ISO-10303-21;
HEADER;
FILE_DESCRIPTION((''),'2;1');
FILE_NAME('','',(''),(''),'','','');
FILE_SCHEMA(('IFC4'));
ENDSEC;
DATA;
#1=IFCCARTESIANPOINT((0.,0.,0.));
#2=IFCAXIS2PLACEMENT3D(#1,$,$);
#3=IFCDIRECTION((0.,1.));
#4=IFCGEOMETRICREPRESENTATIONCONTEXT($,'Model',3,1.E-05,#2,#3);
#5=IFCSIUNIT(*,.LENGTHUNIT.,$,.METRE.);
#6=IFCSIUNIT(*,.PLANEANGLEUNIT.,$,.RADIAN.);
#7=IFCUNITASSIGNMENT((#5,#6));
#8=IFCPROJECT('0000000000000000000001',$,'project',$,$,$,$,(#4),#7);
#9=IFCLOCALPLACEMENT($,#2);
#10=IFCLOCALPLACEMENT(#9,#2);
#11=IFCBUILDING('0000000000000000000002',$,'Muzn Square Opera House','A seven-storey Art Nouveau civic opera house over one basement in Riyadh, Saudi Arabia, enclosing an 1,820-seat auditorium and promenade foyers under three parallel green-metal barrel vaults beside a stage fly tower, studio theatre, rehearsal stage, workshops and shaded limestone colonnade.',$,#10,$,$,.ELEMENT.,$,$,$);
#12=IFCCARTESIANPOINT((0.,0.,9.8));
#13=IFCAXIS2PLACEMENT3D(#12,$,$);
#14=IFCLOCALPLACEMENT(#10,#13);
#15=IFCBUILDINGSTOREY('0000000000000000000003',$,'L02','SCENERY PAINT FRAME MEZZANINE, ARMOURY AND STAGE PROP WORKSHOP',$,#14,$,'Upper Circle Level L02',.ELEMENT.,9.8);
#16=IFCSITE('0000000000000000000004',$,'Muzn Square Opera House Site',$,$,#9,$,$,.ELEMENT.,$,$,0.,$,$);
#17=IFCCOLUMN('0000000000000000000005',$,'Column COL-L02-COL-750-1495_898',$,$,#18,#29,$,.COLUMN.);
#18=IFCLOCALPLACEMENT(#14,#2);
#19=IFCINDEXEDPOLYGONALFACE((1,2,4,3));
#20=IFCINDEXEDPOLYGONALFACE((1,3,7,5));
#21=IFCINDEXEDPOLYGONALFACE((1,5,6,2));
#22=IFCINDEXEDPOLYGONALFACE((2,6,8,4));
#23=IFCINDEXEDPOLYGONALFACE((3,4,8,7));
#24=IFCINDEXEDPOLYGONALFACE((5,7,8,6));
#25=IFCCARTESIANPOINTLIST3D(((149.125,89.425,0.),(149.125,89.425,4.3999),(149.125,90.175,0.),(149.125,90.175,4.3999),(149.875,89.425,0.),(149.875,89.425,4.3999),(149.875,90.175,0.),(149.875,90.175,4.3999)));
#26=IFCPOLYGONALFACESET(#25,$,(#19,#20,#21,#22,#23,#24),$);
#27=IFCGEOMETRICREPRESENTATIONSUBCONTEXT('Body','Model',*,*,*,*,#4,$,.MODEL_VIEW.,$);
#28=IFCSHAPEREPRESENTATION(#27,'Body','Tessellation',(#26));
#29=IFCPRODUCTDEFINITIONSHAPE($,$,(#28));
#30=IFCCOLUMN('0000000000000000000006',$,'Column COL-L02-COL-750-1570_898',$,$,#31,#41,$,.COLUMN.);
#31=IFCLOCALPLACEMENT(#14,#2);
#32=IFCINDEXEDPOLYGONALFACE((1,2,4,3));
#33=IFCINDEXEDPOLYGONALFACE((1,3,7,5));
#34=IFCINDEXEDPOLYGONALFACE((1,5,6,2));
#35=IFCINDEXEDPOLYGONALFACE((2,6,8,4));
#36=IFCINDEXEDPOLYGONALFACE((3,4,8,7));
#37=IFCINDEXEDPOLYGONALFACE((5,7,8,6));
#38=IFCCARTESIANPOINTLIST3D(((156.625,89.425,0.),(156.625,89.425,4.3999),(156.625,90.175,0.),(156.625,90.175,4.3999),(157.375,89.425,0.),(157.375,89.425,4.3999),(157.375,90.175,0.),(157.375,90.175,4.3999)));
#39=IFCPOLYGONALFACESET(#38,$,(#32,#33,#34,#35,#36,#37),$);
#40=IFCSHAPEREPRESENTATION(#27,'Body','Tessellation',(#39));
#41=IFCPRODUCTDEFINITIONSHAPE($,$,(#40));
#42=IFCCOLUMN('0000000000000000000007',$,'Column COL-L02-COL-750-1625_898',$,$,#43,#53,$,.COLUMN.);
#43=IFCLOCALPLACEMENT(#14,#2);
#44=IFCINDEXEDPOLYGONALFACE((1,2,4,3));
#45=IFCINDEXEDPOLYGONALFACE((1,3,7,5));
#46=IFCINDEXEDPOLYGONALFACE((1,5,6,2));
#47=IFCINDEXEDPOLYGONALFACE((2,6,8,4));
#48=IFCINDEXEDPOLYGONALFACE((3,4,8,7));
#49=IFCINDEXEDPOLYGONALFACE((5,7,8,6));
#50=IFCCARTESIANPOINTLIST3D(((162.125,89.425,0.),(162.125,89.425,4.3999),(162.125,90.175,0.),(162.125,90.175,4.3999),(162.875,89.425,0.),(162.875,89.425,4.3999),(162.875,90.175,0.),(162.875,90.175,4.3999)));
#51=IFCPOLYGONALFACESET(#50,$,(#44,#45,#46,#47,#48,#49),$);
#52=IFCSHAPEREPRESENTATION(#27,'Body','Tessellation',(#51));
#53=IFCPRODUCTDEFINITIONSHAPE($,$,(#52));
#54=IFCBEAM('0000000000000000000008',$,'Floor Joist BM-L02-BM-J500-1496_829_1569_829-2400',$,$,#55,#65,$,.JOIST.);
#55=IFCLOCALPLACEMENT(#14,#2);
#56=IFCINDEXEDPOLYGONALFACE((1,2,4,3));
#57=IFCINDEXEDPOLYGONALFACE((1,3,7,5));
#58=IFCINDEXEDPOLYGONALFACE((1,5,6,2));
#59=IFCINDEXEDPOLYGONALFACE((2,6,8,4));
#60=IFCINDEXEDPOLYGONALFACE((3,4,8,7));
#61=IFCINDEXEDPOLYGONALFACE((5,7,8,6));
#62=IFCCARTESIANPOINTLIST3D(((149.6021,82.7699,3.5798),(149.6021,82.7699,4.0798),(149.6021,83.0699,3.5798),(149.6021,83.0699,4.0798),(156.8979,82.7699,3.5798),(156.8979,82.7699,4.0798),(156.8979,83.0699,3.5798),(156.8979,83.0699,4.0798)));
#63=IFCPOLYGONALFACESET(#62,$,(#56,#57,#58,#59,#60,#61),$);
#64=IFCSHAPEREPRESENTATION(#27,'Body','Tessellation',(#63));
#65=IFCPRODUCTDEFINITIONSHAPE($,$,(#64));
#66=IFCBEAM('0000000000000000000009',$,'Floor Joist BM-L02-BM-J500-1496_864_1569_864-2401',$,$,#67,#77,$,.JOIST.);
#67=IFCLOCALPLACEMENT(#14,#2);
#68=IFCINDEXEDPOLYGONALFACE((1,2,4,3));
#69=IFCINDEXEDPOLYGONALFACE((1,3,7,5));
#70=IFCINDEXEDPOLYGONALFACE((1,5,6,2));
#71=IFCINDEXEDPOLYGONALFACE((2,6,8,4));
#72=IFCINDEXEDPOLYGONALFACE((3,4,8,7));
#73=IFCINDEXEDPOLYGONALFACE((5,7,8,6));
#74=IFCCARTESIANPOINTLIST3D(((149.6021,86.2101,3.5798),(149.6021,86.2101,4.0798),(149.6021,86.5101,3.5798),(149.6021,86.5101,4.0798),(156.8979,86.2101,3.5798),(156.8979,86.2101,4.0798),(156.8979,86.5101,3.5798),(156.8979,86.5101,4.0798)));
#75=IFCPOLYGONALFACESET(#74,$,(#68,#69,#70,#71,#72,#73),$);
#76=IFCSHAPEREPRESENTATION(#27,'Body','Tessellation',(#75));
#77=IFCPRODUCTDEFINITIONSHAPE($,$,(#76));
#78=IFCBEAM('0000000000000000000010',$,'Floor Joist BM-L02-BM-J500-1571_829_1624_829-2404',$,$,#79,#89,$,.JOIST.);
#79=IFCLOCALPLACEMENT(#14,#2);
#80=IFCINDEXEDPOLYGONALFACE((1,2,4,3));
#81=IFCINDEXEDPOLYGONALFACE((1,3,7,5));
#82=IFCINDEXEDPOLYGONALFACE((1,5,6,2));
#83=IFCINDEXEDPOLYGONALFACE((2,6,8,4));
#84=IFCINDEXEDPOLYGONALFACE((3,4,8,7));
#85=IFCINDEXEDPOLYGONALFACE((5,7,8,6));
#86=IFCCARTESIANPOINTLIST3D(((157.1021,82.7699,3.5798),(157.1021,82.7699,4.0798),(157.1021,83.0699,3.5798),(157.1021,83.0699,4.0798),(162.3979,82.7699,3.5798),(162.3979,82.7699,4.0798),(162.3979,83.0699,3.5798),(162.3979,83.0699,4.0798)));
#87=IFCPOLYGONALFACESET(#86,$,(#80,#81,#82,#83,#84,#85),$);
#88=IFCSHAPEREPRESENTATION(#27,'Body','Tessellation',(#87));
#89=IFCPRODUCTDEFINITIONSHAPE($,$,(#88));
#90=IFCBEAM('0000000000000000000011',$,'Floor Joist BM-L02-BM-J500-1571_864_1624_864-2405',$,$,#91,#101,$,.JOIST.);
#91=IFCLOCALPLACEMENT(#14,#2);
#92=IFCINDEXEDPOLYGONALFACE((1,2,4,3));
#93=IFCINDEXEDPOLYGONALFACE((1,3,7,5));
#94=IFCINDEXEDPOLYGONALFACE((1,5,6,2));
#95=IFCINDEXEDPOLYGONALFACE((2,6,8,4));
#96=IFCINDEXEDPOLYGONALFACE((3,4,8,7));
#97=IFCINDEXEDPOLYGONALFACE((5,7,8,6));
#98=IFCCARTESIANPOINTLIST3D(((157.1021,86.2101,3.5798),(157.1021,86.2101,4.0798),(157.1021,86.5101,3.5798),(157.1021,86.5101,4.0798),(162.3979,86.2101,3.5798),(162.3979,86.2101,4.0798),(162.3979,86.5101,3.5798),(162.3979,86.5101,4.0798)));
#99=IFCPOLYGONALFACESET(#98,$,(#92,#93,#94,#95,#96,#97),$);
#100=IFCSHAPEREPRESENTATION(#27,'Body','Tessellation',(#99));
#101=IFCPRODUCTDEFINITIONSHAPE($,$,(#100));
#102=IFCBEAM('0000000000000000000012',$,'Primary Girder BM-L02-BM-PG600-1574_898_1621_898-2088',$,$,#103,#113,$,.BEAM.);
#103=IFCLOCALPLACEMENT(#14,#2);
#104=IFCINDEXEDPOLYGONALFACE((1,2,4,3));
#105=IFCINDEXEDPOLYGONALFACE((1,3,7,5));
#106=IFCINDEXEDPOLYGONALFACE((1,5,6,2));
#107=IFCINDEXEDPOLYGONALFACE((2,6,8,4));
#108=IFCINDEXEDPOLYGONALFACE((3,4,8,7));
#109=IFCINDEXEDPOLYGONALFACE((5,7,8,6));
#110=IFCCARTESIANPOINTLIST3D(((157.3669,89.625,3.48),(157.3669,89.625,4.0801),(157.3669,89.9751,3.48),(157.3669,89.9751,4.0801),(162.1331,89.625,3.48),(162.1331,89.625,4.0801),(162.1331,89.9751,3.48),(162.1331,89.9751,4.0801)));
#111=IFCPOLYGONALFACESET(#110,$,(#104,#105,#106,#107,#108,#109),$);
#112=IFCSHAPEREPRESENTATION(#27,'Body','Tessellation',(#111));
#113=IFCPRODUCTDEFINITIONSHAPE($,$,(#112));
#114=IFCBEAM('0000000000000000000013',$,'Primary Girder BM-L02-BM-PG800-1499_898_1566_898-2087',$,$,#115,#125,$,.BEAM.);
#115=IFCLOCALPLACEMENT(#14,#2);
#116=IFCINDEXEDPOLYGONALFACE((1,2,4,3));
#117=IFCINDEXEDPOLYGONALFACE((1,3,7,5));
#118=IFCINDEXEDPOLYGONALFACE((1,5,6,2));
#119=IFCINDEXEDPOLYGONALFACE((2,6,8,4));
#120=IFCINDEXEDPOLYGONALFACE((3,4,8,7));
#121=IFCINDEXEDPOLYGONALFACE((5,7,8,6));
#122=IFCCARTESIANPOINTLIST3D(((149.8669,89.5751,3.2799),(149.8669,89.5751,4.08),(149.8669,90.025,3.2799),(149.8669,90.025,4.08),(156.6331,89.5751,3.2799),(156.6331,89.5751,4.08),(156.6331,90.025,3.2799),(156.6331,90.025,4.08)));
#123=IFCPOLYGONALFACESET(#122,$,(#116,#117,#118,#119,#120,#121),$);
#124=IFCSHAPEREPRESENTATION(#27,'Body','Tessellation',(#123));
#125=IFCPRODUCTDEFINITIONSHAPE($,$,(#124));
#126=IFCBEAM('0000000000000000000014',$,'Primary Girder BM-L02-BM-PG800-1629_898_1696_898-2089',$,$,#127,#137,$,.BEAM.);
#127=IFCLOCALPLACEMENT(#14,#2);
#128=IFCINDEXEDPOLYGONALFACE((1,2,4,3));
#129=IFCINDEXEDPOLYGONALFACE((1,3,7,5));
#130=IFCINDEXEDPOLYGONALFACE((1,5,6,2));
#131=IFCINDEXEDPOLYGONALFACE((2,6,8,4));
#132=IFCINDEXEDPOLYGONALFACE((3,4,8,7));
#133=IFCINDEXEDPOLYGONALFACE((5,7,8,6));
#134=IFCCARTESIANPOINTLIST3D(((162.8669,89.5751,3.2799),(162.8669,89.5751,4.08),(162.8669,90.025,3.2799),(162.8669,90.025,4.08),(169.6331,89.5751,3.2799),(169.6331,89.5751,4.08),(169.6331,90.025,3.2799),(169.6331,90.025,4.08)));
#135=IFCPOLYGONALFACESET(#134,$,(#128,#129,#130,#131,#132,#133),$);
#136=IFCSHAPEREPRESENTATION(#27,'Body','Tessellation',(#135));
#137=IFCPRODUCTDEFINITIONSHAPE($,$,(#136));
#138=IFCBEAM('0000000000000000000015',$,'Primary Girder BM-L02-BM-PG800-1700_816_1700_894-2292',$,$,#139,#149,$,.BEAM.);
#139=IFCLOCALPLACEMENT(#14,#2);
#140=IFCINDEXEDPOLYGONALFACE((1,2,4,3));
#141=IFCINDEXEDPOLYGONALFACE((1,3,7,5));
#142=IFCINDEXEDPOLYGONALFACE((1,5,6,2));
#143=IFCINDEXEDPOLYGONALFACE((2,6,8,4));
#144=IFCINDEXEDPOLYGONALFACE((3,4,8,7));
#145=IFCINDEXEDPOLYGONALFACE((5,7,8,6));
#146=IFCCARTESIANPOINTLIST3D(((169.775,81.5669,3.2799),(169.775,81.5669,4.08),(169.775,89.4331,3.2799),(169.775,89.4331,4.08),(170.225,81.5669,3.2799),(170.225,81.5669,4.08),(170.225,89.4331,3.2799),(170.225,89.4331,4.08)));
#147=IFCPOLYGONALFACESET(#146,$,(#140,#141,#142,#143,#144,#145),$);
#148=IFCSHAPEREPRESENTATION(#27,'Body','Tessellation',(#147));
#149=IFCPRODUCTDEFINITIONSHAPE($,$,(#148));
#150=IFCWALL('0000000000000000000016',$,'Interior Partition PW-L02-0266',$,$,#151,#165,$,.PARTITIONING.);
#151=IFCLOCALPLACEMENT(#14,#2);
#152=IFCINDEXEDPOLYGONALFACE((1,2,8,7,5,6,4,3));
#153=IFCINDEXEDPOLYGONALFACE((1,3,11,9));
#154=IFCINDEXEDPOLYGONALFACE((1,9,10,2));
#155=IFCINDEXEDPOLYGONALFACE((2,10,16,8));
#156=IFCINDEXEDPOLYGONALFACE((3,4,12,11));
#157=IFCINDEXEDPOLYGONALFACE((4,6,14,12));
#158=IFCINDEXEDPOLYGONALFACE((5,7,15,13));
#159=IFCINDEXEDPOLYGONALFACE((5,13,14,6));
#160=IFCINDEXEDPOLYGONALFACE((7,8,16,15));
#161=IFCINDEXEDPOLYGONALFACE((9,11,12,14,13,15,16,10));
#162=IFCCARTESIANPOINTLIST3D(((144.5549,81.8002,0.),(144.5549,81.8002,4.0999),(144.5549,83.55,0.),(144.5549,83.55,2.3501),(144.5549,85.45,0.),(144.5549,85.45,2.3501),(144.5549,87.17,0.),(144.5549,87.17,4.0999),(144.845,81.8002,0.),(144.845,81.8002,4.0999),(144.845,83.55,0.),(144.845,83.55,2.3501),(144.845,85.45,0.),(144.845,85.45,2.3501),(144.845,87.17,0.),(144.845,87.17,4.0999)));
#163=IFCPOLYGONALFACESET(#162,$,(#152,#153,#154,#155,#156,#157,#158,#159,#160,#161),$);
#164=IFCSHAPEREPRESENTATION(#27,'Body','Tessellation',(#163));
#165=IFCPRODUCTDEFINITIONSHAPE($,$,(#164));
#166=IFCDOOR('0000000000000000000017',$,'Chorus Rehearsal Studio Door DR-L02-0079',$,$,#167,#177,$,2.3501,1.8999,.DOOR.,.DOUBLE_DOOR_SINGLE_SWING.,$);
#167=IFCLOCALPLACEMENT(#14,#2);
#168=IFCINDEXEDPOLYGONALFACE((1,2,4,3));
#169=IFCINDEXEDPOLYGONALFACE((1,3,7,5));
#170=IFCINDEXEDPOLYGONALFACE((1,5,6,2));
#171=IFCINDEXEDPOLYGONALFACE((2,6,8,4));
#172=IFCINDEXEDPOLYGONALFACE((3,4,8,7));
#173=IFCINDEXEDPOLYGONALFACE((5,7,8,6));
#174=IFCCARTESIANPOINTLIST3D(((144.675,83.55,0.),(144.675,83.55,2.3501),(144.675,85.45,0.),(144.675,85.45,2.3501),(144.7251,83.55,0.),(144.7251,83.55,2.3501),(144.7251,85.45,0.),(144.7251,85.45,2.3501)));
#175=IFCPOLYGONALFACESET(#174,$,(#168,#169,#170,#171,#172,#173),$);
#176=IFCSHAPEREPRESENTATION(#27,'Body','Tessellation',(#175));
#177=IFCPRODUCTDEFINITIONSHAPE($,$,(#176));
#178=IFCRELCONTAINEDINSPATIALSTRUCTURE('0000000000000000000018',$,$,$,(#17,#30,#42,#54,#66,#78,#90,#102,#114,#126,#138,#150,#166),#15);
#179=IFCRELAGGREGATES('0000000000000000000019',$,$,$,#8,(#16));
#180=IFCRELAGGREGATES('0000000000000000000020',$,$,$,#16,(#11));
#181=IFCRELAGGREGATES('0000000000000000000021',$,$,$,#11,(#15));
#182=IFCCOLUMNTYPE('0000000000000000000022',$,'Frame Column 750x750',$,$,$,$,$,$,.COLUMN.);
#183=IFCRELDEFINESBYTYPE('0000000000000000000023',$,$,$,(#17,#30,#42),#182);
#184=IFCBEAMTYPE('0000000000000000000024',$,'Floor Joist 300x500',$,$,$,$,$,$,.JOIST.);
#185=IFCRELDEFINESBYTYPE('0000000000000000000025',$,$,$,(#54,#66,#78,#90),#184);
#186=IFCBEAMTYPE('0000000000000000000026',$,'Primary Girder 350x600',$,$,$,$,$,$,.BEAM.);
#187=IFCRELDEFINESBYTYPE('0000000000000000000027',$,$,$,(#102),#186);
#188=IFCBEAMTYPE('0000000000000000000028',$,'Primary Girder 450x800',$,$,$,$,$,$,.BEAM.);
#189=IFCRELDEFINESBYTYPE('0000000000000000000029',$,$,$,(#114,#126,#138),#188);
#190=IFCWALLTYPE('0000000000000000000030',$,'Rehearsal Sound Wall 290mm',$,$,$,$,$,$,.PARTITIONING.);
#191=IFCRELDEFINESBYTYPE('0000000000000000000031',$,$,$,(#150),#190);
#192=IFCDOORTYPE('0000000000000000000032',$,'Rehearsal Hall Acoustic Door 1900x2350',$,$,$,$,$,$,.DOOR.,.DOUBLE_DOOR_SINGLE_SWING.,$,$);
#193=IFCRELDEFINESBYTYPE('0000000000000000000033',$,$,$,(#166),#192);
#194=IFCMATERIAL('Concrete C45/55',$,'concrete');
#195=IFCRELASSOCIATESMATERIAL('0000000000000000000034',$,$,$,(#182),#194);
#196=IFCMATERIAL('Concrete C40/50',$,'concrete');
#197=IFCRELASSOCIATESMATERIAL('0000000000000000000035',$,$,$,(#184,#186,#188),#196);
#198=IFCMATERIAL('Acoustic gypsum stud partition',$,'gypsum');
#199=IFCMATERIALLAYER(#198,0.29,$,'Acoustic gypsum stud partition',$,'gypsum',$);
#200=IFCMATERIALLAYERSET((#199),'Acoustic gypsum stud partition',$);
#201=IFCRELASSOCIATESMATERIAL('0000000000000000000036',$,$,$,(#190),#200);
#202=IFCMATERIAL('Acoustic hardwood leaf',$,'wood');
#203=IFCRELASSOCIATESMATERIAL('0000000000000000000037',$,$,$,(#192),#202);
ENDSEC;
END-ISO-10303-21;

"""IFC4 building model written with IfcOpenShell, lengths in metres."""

from ifc_helpers import new_model, si_unit, direction, frame, frame_2d, origin, origin_2d, place, context, subcontext, project, spatial, rectangle, extrude, material, layer, layer_set, material_profile, profile_set, type_object, element, fill, save


model = new_model("IFC4")

# Units and contexts
model_context = context("Model", 3, precision=1e-05, world=origin(), true_north=direction((0.0, 1.0)))
body_context = subcontext(model_context, "Body", "Model", "MODEL_VIEW")
ifc_project = project(units=[si_unit("LENGTHUNIT", "METRE"), si_unit("PLANEANGLEUNIT", "RADIAN")], contexts=[model_context])

# Site, building, storey
site_placement = place(None, origin())
site = spatial("IfcSite", under=ifc_project, at=site_placement, Name="Muzn Square Opera House Site", CompositionType="ELEMENT", RefElevation=0.0)
building_placement = place(site_placement, origin())
building = spatial("IfcBuilding", under=site, at=building_placement, Name="Muzn Square Opera House", Description="A seven-storey Art Nouveau civic opera house over one basement in Riyadh, Saudi Arabia, enclosing an 1,820-seat auditorium and promenade foyers under three parallel green-metal barrel vaults beside a stage fly tower, studio theatre, rehearsal stage, workshops and shaded limestone colonnade.", CompositionType="ELEMENT")
storey_placement = place(building_placement, frame((0.0, 0.0, 9.8)))
storey = spatial("IfcBuildingStorey", under=building, at=storey_placement, Name="L02", Description="SCENERY PAINT FRAME MEZZANINE, ARMOURY AND STAGE PROP WORKSHOP", LongName="Upper Circle Level L02", CompositionType="ELEMENT", Elevation=9.8)

# Columns
ifc_material_1 = material(Name="Concrete C45/55", Category="concrete")
ifc_material_profile_1 = material_profile(ifc_material_1, rectangle(XDim=0.75, YDim=0.75, at=origin_2d()), Name="RC 750x750", Category="concrete")
ifc_profile_set_1 = profile_set([ifc_material_profile_1], Name="Concrete C45/55")
column_type = type_object("IfcColumnType", Name="Frame Column 750x750", PredefinedType="COLUMN", material=ifc_profile_set_1)
for number, where, z_axis, x_axis, name in (
    (1, (149.5, 89.8, 0.0), (0.0, 0.0, 1.0), (1.0, 0.0, 0.0), "Column COL-L02-COL-750-1495_898"),
    (2, (157.0, 89.8, 0.0), (0.0, 0.0, 1.0), (1.0, 0.0, 0.0), "Column COL-L02-COL-750-1570_898"),
    (3, (162.5, 89.8, 0.0), (0.0, 0.0, 1.0), (1.0, 0.0, 0.0), "Column COL-L02-COL-750-1625_898"),
):
    element("IfcColumn", number, at=place(storey_placement, frame(where, z_axis=z_axis, x_axis=x_axis)), inside=storey, type_object=column_type, Name=name, PredefinedType="COLUMN", context=body_context, shape_type="SweptSolid", body=[
        extrude(rectangle(XDim=0.75, YDim=0.75, at=origin_2d()), origin(), (0.0, 0.0, 1.0), 4.3999),
    ])

# Beams
ifc_material_2 = material(Name="Concrete C40/50", Category="concrete")
ifc_material_profile_2 = material_profile(ifc_material_2, rectangle(XDim=0.3, YDim=0.5, at=origin_2d()), Name="RCJ 300x500", Category="concrete")
ifc_profile_set_2 = profile_set([ifc_material_profile_2], Name="Concrete C40/50")
beam_type_1 = type_object("IfcBeamType", Name="Floor Joist 300x500", PredefinedType="JOIST", material=ifc_profile_set_2)
for number, where, z_axis, x_axis, name in (
    (4, (149.6021, 82.9199, 3.8298), (1.0, 0.0, 0.0), (0.0, 1.0, 0.0), "Floor Joist BM-L02-BM-J500-1496_829_1569_829-2400"),
    (5, (149.6021, 86.3601, 3.8298), (1.0, 0.0, 0.0), (0.0, 1.0, 0.0), "Floor Joist BM-L02-BM-J500-1496_864_1569_864-2401"),
):
    element("IfcBeam", number, at=place(storey_placement, frame(where, z_axis=z_axis, x_axis=x_axis)), inside=storey, type_object=beam_type_1, Name=name, PredefinedType="JOIST", context=body_context, shape_type="SweptSolid", body=[
        extrude(rectangle(XDim=0.3, YDim=0.5, at=origin_2d()), origin(), (0.0, 0.0, 1.0), 7.2959),
    ])
for number, where, z_axis, x_axis, name in (
    (6, (157.1021, 82.9199, 3.8298), (1.0, 0.0, 0.0), (0.0, 1.0, 0.0), "Floor Joist BM-L02-BM-J500-1571_829_1624_829-2404"),
    (7, (157.1021, 86.3601, 3.8298), (1.0, 0.0, 0.0), (0.0, 1.0, 0.0), "Floor Joist BM-L02-BM-J500-1571_864_1624_864-2405"),
):
    element("IfcBeam", number, at=place(storey_placement, frame(where, z_axis=z_axis, x_axis=x_axis)), inside=storey, type_object=beam_type_1, Name=name, PredefinedType="JOIST", context=body_context, shape_type="SweptSolid", body=[
        extrude(rectangle(XDim=0.3, YDim=0.5, at=origin_2d()), origin(), (0.0, 0.0, 1.0), 5.2959),
    ])
ifc_material_profile_3 = material_profile(ifc_material_2, rectangle(XDim=0.3501, YDim=0.6001, at=origin_2d()), Name="RCB 350x600", Category="concrete")
ifc_profile_set_3 = profile_set([ifc_material_profile_3], Name="Concrete C40/50")
beam_type_2 = type_object("IfcBeamType", Name="Primary Girder 350x600", PredefinedType="BEAM", material=ifc_profile_set_3)
beam_1_placement = place(storey_placement, frame((157.3669, 89.8, 3.78), z_axis=(1.0, 0.0, 0.0), x_axis=(0.0, 1.0, 0.0)))
element("IfcBeam", 8, at=beam_1_placement, inside=storey, type_object=beam_type_2, Name="Primary Girder BM-L02-BM-PG600-1574_898_1621_898-2088", PredefinedType="BEAM", context=body_context, shape_type="SweptSolid", body=[
    extrude(rectangle(XDim=0.3501, YDim=0.6001, at=origin_2d()), origin(), (0.0, 0.0, 1.0), 4.7661),
])
ifc_material_profile_4 = material_profile(ifc_material_2, rectangle(XDim=0.45, YDim=0.8, at=origin_2d()), Name="RCB 450x800", Category="concrete")
ifc_profile_set_4 = profile_set([ifc_material_profile_4], Name="Concrete C40/50")
beam_type_3 = type_object("IfcBeamType", Name="Primary Girder 450x800", PredefinedType="BEAM", material=ifc_profile_set_4)
for number, where, z_axis, x_axis, name in (
    (9, (149.8669, 89.8, 3.6799), (1.0, 0.0, 0.0), (0.0, 1.0, 0.0), "Primary Girder BM-L02-BM-PG800-1499_898_1566_898-2087"),
    (10, (162.8669, 89.8, 3.6799), (1.0, 0.0, 0.0), (0.0, 1.0, 0.0), "Primary Girder BM-L02-BM-PG800-1629_898_1696_898-2089"),
):
    element("IfcBeam", number, at=place(storey_placement, frame(where, z_axis=z_axis, x_axis=x_axis)), inside=storey, type_object=beam_type_3, Name=name, PredefinedType="BEAM", context=body_context, shape_type="SweptSolid", body=[
        extrude(rectangle(XDim=0.45, YDim=0.8, at=origin_2d()), origin(), (0.0, 0.0, 1.0), 6.7661),
    ])
beam_2_placement = place(storey_placement, frame((170.0, 81.5669, 3.6799), z_axis=(0.0, 1.0, 0.0), x_axis=(-1.0, 0.0, 0.0)))
element("IfcBeam", 11, at=beam_2_placement, inside=storey, type_object=beam_type_3, Name="Primary Girder BM-L02-BM-PG800-1700_816_1700_894-2292", PredefinedType="BEAM", context=body_context, shape_type="SweptSolid", body=[
    extrude(rectangle(XDim=0.45, YDim=0.8, at=origin_2d()), origin(), (0.0, 0.0, 1.0), 7.8662),
])

# Wall, opening, door
ifc_material_3 = material(Name="Acoustic gypsum stud partition", Category="gypsum")
ifc_layer_1 = layer(ifc_material_3, 0.29, Name="Acoustic gypsum stud partition", Category="gypsum")
ifc_layer_set_1 = layer_set([ifc_layer_1], Name="Acoustic gypsum stud partition")
wall_type_1 = type_object("IfcWallType", Name="Rehearsal Sound Wall 290mm", PredefinedType="PARTITIONING", material=ifc_layer_set_1)
wall_1_placement = place(storey_placement, frame((144.7, 81.8, 0.0), z_axis=(0.0, 0.0, 1.0), x_axis=(0.0, 1.0, 0.0)))
wall_1 = element("IfcWall", 12, at=wall_1_placement, inside=storey, type_object=wall_type_1, Name="Interior Partition PW-L02-0266", PredefinedType="PARTITIONING", context=body_context, shape_type="SweptSolid", body=[
    extrude(rectangle(XDim=5.3699, YDim=0.29, at=frame_2d((2.6851, 0.0))), origin(), (0.0, 0.0, 1.0), 4.0999),
])
opening_1_placement = place(wall_1_placement, frame((1.75, 0.0, 0.0)))
opening_1 = element("IfcOpeningElement", 13, at=opening_1_placement, cuts=wall_1, PredefinedType="OPENING", context=body_context, shape_type="SweptSolid", body=[
    extrude(rectangle(XDim=1.8999, YDim=2.3501, at=frame_2d((0.95, 1.175))), frame((0.0, 0.155, 0.0), z_axis=(0.0, -1.0, 0.0), x_axis=(1.0, 0.0, 0.0)), (0.0, 0.0, 1.0), 0.3101),
])
ifc_material_4 = material(Name="Acoustic hardwood leaf", Category="wood")
door_type_1 = type_object("IfcDoorType", Name="Rehearsal Hall Acoustic Door 1900x2350", OperationType="DOUBLE_DOOR_SINGLE_SWING", PredefinedType="DOOR", material=ifc_material_4)
door_1_placement = place(opening_1_placement, origin())
door_1 = element("IfcDoor", 14, at=door_1_placement, inside=storey, type_object=door_type_1, Name="Chorus Rehearsal Studio Door DR-L02-0079", OperationType="DOUBLE_DOOR_SINGLE_SWING", OverallHeight=2.3501, OverallWidth=1.8999, PredefinedType="DOOR", context=body_context, shape_type="SweptSolid", body=[
    extrude(rectangle(XDim=1.8999, YDim=2.3501, at=frame_2d((0.95, 1.175))), frame((0.0, 0.0249, 0.0), z_axis=(0.0, -1.0, 0.0), x_axis=(1.0, 0.0, 0.0)), (0.0, 0.0, 1.0), 0.05),
])
fill(opening_1, door_1)

save(model, "model.ifc")
